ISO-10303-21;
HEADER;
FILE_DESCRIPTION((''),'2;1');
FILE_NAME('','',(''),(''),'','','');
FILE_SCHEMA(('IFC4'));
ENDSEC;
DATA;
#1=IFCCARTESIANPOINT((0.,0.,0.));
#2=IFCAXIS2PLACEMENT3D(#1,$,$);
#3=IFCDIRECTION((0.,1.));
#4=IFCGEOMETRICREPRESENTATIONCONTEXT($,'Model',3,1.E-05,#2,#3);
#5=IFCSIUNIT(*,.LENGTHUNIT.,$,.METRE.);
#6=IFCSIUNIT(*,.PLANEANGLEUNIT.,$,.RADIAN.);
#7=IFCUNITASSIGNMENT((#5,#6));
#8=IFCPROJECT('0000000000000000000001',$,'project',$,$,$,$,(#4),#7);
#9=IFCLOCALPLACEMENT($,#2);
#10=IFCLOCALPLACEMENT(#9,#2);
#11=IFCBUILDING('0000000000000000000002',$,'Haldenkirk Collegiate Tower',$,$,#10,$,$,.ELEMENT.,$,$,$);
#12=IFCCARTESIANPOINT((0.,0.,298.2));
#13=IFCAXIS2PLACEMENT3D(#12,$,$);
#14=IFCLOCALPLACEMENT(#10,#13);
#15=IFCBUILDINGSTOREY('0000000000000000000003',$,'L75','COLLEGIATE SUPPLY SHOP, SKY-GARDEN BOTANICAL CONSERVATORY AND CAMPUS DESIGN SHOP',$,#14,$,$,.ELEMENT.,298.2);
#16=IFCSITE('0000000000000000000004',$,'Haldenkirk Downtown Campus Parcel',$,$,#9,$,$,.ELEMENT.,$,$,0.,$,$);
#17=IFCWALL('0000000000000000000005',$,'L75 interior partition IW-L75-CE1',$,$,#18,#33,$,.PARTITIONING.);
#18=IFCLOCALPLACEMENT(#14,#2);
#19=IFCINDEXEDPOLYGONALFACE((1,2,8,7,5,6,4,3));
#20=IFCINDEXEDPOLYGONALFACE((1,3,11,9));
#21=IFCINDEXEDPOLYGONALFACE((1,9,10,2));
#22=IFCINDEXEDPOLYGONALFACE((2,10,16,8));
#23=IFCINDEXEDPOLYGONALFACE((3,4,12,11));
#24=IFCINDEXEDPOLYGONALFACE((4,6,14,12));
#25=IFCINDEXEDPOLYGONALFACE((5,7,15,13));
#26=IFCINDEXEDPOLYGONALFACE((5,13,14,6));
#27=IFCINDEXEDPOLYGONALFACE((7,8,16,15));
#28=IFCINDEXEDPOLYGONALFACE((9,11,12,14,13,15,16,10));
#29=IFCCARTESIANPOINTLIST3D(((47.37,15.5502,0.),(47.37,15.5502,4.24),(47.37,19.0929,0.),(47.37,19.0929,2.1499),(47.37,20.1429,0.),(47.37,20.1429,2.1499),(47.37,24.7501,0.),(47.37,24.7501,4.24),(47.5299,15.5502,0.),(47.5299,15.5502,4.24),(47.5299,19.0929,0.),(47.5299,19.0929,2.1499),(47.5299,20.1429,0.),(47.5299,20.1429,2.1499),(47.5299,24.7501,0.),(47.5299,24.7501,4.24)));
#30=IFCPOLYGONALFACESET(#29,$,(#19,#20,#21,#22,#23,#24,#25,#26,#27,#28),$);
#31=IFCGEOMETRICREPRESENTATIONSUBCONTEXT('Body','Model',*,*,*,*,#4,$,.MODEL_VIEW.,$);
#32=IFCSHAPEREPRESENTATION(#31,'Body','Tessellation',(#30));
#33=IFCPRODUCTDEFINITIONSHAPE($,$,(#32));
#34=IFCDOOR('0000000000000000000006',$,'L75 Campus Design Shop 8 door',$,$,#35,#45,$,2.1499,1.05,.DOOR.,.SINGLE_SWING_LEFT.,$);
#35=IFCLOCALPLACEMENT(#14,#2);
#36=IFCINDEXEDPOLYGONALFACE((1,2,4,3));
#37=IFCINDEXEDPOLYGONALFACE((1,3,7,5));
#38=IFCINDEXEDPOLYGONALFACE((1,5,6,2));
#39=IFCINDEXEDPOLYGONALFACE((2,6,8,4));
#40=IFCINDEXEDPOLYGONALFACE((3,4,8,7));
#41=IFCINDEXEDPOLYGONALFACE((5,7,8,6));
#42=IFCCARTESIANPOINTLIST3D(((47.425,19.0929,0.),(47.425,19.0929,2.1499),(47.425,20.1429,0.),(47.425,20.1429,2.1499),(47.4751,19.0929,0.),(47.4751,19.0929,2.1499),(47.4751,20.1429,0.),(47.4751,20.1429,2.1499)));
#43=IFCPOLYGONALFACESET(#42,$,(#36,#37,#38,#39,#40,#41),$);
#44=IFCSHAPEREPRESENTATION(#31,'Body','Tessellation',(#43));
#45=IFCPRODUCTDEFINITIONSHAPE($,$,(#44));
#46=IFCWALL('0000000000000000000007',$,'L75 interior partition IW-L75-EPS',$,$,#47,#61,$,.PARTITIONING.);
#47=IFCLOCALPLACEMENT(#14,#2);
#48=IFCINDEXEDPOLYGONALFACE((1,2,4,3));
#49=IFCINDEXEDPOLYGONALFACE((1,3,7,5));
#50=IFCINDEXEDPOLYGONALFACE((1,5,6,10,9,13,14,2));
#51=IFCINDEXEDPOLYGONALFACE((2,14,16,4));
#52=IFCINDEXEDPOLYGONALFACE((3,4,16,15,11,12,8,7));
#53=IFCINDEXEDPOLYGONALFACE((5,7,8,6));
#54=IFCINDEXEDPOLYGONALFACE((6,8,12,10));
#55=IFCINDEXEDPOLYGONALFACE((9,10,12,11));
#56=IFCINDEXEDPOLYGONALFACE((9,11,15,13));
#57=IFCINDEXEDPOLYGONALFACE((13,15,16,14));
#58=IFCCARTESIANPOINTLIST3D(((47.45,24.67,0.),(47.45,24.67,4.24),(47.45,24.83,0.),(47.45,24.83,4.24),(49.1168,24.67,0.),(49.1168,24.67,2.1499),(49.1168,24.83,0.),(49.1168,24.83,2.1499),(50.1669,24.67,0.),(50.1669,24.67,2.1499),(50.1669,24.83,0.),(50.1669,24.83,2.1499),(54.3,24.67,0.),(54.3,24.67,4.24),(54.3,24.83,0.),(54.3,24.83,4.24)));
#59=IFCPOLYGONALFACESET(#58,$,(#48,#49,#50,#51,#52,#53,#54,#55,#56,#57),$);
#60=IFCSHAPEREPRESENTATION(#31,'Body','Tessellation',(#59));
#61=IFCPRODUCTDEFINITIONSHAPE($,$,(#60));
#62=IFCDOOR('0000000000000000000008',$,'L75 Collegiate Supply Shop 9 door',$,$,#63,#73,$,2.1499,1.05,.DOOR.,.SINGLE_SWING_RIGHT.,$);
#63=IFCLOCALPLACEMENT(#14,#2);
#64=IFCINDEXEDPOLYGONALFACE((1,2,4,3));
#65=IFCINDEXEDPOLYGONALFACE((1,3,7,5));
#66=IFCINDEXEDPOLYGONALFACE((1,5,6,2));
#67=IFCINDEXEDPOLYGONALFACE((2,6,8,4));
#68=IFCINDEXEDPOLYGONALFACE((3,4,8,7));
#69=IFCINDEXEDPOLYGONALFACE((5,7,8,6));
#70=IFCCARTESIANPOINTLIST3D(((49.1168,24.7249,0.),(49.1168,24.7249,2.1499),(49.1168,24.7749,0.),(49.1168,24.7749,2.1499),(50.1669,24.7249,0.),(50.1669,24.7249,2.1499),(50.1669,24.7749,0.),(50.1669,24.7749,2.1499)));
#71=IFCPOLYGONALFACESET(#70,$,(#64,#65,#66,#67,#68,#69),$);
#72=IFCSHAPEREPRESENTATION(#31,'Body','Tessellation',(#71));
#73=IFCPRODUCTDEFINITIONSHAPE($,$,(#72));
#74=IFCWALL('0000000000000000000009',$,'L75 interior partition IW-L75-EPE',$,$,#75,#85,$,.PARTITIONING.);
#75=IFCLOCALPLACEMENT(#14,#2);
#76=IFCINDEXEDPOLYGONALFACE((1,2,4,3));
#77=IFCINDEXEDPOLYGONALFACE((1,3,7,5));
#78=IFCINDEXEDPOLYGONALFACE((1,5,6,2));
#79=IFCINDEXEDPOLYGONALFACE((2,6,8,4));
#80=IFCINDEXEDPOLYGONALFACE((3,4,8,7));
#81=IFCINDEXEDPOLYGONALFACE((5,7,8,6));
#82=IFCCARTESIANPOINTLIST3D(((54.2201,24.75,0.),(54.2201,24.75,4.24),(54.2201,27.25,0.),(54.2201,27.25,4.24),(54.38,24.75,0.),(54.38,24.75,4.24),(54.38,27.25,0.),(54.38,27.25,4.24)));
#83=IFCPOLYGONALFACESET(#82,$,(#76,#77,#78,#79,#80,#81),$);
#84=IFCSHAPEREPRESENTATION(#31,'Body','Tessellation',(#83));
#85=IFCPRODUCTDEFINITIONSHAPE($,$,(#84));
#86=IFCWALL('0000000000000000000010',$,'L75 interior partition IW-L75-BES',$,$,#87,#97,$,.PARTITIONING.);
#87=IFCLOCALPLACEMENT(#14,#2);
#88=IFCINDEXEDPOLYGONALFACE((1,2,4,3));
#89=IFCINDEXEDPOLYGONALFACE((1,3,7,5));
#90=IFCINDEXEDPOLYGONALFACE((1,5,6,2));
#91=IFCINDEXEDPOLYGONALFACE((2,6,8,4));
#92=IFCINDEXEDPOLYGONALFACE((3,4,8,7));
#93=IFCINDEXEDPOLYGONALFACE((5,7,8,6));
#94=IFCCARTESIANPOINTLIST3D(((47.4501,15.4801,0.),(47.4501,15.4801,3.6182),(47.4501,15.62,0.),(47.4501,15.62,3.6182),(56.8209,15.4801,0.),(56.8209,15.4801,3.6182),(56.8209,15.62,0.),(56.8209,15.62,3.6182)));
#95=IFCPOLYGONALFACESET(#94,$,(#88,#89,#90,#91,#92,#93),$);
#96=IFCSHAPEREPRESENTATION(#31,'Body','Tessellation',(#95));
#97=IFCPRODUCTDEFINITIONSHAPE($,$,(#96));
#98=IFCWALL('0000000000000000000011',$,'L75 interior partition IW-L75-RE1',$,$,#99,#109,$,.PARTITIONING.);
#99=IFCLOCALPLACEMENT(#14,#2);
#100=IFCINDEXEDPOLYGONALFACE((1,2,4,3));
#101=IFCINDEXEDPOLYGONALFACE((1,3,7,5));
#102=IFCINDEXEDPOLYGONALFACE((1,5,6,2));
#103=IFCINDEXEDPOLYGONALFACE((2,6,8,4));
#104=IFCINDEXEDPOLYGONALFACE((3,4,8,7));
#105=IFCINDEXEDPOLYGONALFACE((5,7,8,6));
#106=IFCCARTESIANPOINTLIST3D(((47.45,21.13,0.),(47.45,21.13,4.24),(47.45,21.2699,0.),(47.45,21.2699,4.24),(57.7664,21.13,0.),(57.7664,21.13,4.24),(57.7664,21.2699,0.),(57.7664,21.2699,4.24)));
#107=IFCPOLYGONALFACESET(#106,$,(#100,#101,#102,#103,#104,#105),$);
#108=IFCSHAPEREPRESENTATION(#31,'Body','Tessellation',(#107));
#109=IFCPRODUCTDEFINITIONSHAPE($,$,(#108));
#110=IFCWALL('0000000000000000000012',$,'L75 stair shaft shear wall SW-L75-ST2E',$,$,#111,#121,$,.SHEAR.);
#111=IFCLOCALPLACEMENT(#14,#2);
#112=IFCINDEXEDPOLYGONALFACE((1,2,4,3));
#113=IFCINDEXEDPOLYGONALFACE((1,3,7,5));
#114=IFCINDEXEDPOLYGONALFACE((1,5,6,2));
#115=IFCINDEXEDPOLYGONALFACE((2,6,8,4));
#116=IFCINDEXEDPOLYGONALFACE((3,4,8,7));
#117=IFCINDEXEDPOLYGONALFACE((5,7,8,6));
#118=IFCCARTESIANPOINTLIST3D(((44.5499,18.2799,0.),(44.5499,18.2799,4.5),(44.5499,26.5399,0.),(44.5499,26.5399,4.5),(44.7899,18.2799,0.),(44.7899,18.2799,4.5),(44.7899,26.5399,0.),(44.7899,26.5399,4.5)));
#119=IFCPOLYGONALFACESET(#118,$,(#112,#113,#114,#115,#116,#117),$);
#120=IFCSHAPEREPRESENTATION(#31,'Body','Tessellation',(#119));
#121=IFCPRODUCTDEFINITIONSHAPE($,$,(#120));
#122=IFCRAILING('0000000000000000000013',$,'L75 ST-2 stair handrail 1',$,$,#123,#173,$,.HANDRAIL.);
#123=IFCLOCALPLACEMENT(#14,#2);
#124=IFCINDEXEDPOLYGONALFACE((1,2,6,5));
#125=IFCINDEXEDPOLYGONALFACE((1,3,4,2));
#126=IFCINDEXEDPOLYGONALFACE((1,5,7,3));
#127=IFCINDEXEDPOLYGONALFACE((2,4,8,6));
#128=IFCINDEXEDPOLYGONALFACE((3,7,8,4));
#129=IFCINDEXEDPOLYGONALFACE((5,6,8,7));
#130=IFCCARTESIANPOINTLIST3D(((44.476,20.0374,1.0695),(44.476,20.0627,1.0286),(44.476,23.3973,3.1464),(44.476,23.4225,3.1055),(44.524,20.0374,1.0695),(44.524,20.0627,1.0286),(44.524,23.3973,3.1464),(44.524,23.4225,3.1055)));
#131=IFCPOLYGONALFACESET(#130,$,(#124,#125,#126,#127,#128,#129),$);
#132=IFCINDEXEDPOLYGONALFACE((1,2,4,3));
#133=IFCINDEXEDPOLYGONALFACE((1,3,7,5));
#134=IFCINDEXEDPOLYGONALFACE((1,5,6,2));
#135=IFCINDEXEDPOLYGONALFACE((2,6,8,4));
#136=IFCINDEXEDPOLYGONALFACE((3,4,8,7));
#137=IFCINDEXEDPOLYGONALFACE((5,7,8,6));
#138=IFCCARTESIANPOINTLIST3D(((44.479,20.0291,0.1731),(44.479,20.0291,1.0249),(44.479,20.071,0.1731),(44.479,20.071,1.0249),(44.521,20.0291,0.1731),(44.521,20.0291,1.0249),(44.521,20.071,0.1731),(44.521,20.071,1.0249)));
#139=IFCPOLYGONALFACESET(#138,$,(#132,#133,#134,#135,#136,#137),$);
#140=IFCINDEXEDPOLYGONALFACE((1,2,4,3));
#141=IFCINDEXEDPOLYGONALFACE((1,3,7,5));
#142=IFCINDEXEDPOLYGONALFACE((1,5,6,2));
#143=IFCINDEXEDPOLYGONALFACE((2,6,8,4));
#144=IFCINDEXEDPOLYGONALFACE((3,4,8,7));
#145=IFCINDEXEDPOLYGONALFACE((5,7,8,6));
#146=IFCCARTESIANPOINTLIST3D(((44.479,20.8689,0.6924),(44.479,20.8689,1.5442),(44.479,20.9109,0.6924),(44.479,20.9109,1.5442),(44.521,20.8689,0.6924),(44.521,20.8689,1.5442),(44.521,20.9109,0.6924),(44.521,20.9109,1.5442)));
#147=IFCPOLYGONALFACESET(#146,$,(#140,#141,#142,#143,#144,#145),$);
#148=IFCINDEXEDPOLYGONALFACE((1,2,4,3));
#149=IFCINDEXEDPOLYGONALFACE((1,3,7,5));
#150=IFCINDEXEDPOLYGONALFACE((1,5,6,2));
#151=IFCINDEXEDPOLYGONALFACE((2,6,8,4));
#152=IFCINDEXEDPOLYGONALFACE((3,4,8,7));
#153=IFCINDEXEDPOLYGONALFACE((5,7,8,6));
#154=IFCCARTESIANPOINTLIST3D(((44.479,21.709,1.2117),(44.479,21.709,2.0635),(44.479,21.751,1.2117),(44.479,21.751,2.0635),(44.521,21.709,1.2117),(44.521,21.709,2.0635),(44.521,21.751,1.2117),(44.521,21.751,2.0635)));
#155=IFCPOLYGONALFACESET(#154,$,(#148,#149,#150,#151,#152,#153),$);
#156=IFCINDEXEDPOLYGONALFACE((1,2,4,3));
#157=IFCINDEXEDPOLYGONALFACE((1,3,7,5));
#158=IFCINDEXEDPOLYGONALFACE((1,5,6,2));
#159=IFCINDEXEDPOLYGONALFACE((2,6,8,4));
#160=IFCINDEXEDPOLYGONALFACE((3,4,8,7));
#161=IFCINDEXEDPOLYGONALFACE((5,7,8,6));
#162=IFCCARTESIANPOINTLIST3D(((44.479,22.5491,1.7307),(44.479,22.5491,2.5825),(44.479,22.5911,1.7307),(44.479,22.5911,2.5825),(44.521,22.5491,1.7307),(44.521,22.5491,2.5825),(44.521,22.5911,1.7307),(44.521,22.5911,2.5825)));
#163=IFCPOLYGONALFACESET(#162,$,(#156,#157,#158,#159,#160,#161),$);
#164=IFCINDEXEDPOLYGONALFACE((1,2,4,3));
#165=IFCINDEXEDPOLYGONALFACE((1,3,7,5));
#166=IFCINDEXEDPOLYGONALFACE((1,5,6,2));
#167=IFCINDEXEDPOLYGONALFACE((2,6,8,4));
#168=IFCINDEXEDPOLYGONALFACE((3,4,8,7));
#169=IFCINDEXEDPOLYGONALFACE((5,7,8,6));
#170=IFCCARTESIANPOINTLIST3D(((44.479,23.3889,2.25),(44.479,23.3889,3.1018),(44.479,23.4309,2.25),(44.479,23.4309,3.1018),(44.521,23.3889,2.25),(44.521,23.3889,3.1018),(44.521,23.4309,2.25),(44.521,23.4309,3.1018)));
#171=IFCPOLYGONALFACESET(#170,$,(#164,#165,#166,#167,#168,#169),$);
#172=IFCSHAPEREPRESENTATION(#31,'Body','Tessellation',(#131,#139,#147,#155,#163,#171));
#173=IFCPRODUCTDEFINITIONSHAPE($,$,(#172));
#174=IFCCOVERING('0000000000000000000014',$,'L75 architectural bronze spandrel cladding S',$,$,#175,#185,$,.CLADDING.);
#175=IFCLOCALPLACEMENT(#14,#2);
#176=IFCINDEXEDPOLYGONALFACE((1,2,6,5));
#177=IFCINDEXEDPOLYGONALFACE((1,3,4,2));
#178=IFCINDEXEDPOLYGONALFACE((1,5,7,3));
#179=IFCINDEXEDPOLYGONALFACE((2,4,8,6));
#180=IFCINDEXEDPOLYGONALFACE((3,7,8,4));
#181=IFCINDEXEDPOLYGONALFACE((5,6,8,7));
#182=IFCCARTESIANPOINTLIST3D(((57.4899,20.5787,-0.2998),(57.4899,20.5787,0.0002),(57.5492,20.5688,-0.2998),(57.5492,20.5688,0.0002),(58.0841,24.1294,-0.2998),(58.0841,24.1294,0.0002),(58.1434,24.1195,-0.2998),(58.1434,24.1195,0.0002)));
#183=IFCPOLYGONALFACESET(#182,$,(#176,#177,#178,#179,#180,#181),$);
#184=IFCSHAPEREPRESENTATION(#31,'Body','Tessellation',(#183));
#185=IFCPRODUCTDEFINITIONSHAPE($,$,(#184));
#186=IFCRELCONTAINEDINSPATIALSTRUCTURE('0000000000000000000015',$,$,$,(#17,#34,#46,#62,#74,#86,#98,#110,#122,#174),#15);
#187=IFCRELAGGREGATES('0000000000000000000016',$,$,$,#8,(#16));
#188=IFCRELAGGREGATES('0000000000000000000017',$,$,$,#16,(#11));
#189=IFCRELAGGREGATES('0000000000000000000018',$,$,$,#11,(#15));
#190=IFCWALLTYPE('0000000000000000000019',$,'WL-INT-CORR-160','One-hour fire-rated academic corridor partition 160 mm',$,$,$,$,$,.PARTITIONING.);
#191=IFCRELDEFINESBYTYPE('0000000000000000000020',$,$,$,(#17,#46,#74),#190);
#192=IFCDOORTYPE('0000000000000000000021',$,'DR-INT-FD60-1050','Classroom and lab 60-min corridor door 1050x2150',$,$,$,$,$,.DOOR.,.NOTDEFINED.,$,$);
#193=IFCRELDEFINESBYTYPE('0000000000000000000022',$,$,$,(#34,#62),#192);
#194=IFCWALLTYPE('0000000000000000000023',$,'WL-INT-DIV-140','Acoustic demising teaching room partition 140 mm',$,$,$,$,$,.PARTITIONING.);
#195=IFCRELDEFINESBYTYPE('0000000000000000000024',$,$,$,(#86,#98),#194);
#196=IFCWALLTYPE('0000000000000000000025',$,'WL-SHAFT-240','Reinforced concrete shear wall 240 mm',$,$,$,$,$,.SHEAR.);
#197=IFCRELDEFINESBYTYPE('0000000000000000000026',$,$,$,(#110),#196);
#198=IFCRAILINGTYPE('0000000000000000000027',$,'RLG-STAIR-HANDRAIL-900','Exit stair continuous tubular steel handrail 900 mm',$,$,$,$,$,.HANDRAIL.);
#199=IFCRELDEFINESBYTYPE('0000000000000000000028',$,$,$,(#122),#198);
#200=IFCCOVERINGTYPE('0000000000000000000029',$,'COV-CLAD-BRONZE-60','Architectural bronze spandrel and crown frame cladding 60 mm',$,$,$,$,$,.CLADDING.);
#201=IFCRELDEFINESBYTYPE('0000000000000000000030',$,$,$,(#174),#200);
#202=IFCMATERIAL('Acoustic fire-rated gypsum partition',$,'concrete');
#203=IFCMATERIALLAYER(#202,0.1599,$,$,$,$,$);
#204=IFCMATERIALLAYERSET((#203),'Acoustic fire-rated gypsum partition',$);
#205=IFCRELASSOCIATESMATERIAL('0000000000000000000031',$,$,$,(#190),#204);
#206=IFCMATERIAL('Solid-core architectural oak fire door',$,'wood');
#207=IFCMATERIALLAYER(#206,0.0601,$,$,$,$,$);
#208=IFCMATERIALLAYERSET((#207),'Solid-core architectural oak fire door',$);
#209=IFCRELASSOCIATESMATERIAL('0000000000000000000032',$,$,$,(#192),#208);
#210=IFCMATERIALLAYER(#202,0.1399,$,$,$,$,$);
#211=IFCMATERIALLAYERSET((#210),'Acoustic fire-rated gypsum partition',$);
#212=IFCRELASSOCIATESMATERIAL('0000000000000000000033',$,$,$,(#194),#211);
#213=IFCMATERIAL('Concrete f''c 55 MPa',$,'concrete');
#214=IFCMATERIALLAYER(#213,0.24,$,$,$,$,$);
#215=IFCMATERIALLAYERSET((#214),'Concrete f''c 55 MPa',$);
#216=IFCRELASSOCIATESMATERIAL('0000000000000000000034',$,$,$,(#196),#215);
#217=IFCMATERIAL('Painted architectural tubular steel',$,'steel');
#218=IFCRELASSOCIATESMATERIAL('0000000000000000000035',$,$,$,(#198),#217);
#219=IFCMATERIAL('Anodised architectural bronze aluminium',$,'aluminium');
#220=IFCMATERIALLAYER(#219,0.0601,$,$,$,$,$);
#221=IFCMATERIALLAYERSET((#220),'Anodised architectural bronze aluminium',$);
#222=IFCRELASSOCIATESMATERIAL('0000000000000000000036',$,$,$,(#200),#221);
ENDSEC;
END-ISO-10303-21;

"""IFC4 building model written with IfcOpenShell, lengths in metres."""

from ifc_helpers import new_model, si_unit, direction, frame, frame_2d, origin, origin_2d, place, context, subcontext, project, spatial, rectangle, extrude, source, transform, mapped, material, layer, layer_set, type_object, element, fill, save


model = new_model("IFC4")

# Units and contexts
model_context = context("Model", 3, precision=1e-05, world=origin(), true_north=direction((0.0, 1.0)))
body_context = subcontext(model_context, "Body", "Model", "MODEL_VIEW")
ifc_project = project(units=[si_unit("LENGTHUNIT", "METRE"), si_unit("PLANEANGLEUNIT", "RADIAN")], contexts=[model_context])

# Site, building, storey
site_placement = place(None, origin())
site = spatial("IfcSite", under=ifc_project, at=site_placement, Name="Haldenkirk Downtown Campus Parcel", CompositionType="ELEMENT", RefElevation=0.0)
building_placement = place(site_placement, origin())
building = spatial("IfcBuilding", under=site, at=building_placement, Name="Haldenkirk Collegiate Tower", CompositionType="ELEMENT")
storey_placement = place(building_placement, frame((0.0, 0.0, 298.2)))
storey = spatial("IfcBuildingStorey", under=building, at=storey_placement, Name="L75", Description="COLLEGIATE SUPPLY SHOP, SKY-GARDEN BOTANICAL CONSERVATORY AND CAMPUS DESIGN SHOP", CompositionType="ELEMENT", Elevation=298.2)

# Shared definitions
ifc_material_1 = material(Name="Anodised architectural bronze aluminium", Category="aluminium")

# Walls, openings, doors
ifc_material_2 = material(Name="Concrete f'c 55 MPa", Category="concrete")
ifc_material_3 = material(Name="Acoustic fire-rated gypsum partition", Category="concrete")
ifc_layer_1 = layer(ifc_material_3, 0.1599)
ifc_layer_set_1 = layer_set([ifc_layer_1], Name="Acoustic fire-rated gypsum partition")
wall_type_1 = type_object("IfcWallType", Name="WL-INT-CORR-160", Description="One-hour fire-rated academic corridor partition 160 mm", PredefinedType="PARTITIONING", material=ifc_layer_set_1)
wall_1_placement = place(storey_placement, frame((47.45, 15.55, 0.0), z_axis=(0.0, 0.0, 1.0), x_axis=(0.0, 1.0, 0.0)))
wall_1 = element("IfcWall", 1, at=wall_1_placement, inside=storey, type_object=wall_type_1, Name="L75 interior partition IW-L75-CE1", PredefinedType="PARTITIONING", context=body_context, shape_type="SweptSolid", body=[
    extrude(rectangle(XDim=9.2, YDim=0.1599, at=frame_2d((4.6001, 0.0))), origin(), (0.0, 0.0, 1.0), 4.24),
])
opening_1_placement = place(wall_1_placement, frame((3.543, 0.0, 0.0)))
opening_1 = element("IfcOpeningElement", 2, at=opening_1_placement, cuts=wall_1, PredefinedType="OPENING", context=body_context, shape_type="SweptSolid", body=[
    extrude(rectangle(XDim=1.05, YDim=2.1499, at=frame_2d((0.5249, 1.075))), frame((0.0, 0.0898, 0.0), z_axis=(0.0, -1.0, 0.0), x_axis=(1.0, 0.0, 0.0)), (0.0, 0.0, 1.0), 0.1799),
])
ifc_material_4 = material(Name="Solid-core architectural oak fire door", Category="wood")
ifc_layer_2 = layer(ifc_material_4, 0.0601)
ifc_layer_set_2 = layer_set([ifc_layer_2], Name="Solid-core architectural oak fire door")
door_type_1 = type_object("IfcDoorType", Name="DR-INT-FD60-1050", Description="Classroom and lab 60-min corridor door 1050x2150", OperationType="NOTDEFINED", PredefinedType="DOOR", material=ifc_layer_set_2)
door_1_placement = place(opening_1_placement, origin())
door_1 = element("IfcDoor", 3, at=door_1_placement, inside=storey, type_object=door_type_1, Name="L75 Campus Design Shop 8 door", OperationType="SINGLE_SWING_LEFT", OverallHeight=2.1499, OverallWidth=1.05, PredefinedType="DOOR", context=body_context, shape_type="SweptSolid", body=[
    extrude(rectangle(XDim=1.05, YDim=2.1499, at=frame_2d((0.5249, 1.075))), frame((0.0, 0.0249, 0.0), z_axis=(0.0, -1.0, 0.0), x_axis=(1.0, 0.0, 0.0)), (0.0, 0.0, 1.0), 0.05),
])
fill(opening_1, door_1)
wall_2_placement = place(storey_placement, frame((47.45, 24.75, 0.0), z_axis=(0.0, 0.0, 1.0), x_axis=(1.0, 0.0, 0.0)))
wall_2 = element("IfcWall", 4, at=wall_2_placement, inside=storey, type_object=wall_type_1, Name="L75 interior partition IW-L75-EPS", PredefinedType="PARTITIONING", context=body_context, shape_type="SweptSolid", body=[
    extrude(rectangle(XDim=6.8501, YDim=0.1599, at=frame_2d((3.425, 0.0))), origin(), (0.0, 0.0, 1.0), 4.24),
])
opening_2_placement = place(wall_2_placement, frame((1.667, 0.0, 0.0)))
opening_2 = element("IfcOpeningElement", 5, at=opening_2_placement, cuts=wall_2, PredefinedType="OPENING", context=body_context, shape_type="SweptSolid", body=[
    extrude(rectangle(XDim=1.05, YDim=2.1499, at=frame_2d((0.5249, 1.075))), frame((0.0, 0.0898, 0.0), z_axis=(0.0, -1.0, 0.0), x_axis=(1.0, 0.0, 0.0)), (0.0, 0.0, 1.0), 0.1799),
])
door_2_placement = place(opening_2_placement, origin())
door_2 = element("IfcDoor", 6, at=door_2_placement, inside=storey, type_object=door_type_1, Name="L75 Collegiate Supply Shop 9 door", OperationType="SINGLE_SWING_RIGHT", OverallHeight=2.1499, OverallWidth=1.05, PredefinedType="DOOR", context=body_context, shape_type="SweptSolid", body=[
    extrude(rectangle(XDim=1.05, YDim=2.1499, at=frame_2d((0.5249, 1.075))), frame((0.0, 0.0249, 0.0), z_axis=(0.0, -1.0, 0.0), x_axis=(1.0, 0.0, 0.0)), (0.0, 0.0, 1.0), 0.05),
])
fill(opening_2, door_2)

# Walls
wall_3_placement = place(storey_placement, frame((54.3, 24.75, 0.0), z_axis=(0.0, 0.0, 1.0), x_axis=(0.0, 1.0, 0.0)))
element("IfcWall", 7, at=wall_3_placement, inside=storey, type_object=wall_type_1, Name="L75 interior partition IW-L75-EPE", PredefinedType="PARTITIONING", context=body_context, shape_type="SweptSolid", body=[
    extrude(rectangle(XDim=2.5, YDim=0.1599, at=frame_2d((1.25, 0.0))), origin(), (0.0, 0.0, 1.0), 4.24),
])
ifc_layer_3 = layer(ifc_material_3, 0.1399)
ifc_layer_set_3 = layer_set([ifc_layer_3], Name="Acoustic fire-rated gypsum partition")
wall_type_2 = type_object("IfcWallType", Name="WL-INT-DIV-140", Description="Acoustic demising teaching room partition 140 mm", PredefinedType="PARTITIONING", material=ifc_layer_set_3)
wall_4_placement = place(storey_placement, frame((47.45, 15.55, 0.0), z_axis=(0.0, 0.0, 1.0), x_axis=(1.0, 0.0, 0.0)))
element("IfcWall", 8, at=wall_4_placement, inside=storey, type_object=wall_type_2, Name="L75 interior partition IW-L75-BES", PredefinedType="PARTITIONING", context=body_context, shape_type="SweptSolid", body=[
    extrude(rectangle(XDim=9.3708, YDim=0.1399, at=frame_2d((4.6855, 0.0))), origin(), (0.0, 0.0, 1.0), 3.6182),
])
wall_5_placement = place(storey_placement, frame((47.45, 21.2, 0.0), z_axis=(0.0, 0.0, 1.0), x_axis=(1.0, 0.0, 0.0)))
element("IfcWall", 9, at=wall_5_placement, inside=storey, type_object=wall_type_2, Name="L75 interior partition IW-L75-RE1", PredefinedType="PARTITIONING", context=body_context, shape_type="SweptSolid", body=[
    extrude(rectangle(XDim=10.3164, YDim=0.1399, at=frame_2d((5.1582, 0.0))), origin(), (0.0, 0.0, 1.0), 4.24),
])
ifc_layer_4 = layer(ifc_material_2, 0.24)
ifc_layer_set_4 = layer_set([ifc_layer_4], Name="Concrete f'c 55 MPa")
wall_type_3 = type_object("IfcWallType", Name="WL-SHAFT-240", Description="Reinforced concrete shear wall 240 mm", PredefinedType="SHEAR", material=ifc_layer_set_4)
wall_6_placement = place(storey_placement, frame((44.6699, 18.28, 0.0), z_axis=(0.0, 0.0, 1.0), x_axis=(0.0, 1.0, 0.0)))
element("IfcWall", 10, at=wall_6_placement, inside=storey, type_object=wall_type_3, Name="L75 stair shaft shear wall SW-L75-ST2E", PredefinedType="SHEAR", context=body_context, shape_type="SweptSolid", body=[
    extrude(rectangle(XDim=8.26, YDim=0.24, at=frame_2d((4.1299, 0.0))), origin(), (0.0, 0.0, 1.0), 4.5),
])

# Railing
ifc_material_5 = material(Name="Painted architectural tubular steel", Category="steel")
railing_type = type_object("IfcRailingType", Name="RLG-STAIR-HANDRAIL-900", Description="Exit stair continuous tubular steel handrail 900 mm", PredefinedType="HANDRAIL", material=ifc_material_5)
railing_placement = place(storey_placement, frame((44.5, 20.05, 0.1731)))
element("IfcRailing", 11, at=railing_placement, inside=storey, type_object=railing_type, Name="L75 ST-2 stair handrail 1", PredefinedType="HANDRAIL", context=body_context, shape_type="SweptSolid", body=[
    extrude(rectangle(XDim=0.0481, YDim=0.0481, at=origin_2d()), frame((0.0, 0.0, 0.876), z_axis=(0.0, 0.850606, 0.525803), x_axis=(-1.0, 0.0, 0.0)), (0.0, 0.0, 1.0), 3.95),
    extrude(rectangle(XDim=0.042, YDim=0.042, at=origin_2d()), origin(), (0.0, 0.0, 1.0), 0.8518),
    extrude(rectangle(XDim=0.042, YDim=0.042, at=origin_2d()), frame((0.0, 0.8398, 0.5193)), (0.0, 0.0, 1.0), 0.8518),
    extrude(rectangle(XDim=0.042, YDim=0.042, at=origin_2d()), frame((0.0, 1.6799, 1.0386)), (0.0, 0.0, 1.0), 0.8518),
    extrude(rectangle(XDim=0.042, YDim=0.042, at=origin_2d()), frame((0.0, 2.52, 1.5576)), (0.0, 0.0, 1.0), 0.8518),
    extrude(rectangle(XDim=0.042, YDim=0.042, at=origin_2d()), frame((0.0, 3.3599, 2.0769)), (0.0, 0.0, 1.0), 0.8518),
])

# Covering
ifc_layer_5 = layer(ifc_material_1, 0.0601)
ifc_layer_set_5 = layer_set([ifc_layer_5], Name="Anodised architectural bronze aluminium")
covering_type = type_object("IfcCoveringType", Name="COV-CLAD-BRONZE-60", Description="Architectural bronze spandrel and crown frame cladding 60 mm", PredefinedType="CLADDING", material=ifc_layer_set_5)
shared_shape_1 = source(origin(), body_context, "Body", "SweptSolid", [
    extrude(rectangle(XDim=3.6001, YDim=0.0601, at=origin_2d()), origin(), (0.0, 0.0, 1.0), 0.3),
])
covering_placement = place(storey_placement, frame((57.8167, 22.3491, -0.2998), z_axis=(0.0, 0.0, 1.0), x_axis=(-0.165048, -0.986286, 0.0)))
element("IfcCovering", 12, at=covering_placement, inside=storey, type_object=covering_type, Name="L75 architectural bronze spandrel cladding S", PredefinedType="CLADDING", context=body_context, shape_type="MappedRepresentation", body=[
    mapped(shared_shape_1, transform((0.0, 0.0, 0.0), x_axis=(1.0, 0.0, 0.0), y_axis=(0.0, 1.0, 0.0), z_axis=(0.0, 0.0, 1.0), scale=1.0)),
])

save(model, "model.ifc")
